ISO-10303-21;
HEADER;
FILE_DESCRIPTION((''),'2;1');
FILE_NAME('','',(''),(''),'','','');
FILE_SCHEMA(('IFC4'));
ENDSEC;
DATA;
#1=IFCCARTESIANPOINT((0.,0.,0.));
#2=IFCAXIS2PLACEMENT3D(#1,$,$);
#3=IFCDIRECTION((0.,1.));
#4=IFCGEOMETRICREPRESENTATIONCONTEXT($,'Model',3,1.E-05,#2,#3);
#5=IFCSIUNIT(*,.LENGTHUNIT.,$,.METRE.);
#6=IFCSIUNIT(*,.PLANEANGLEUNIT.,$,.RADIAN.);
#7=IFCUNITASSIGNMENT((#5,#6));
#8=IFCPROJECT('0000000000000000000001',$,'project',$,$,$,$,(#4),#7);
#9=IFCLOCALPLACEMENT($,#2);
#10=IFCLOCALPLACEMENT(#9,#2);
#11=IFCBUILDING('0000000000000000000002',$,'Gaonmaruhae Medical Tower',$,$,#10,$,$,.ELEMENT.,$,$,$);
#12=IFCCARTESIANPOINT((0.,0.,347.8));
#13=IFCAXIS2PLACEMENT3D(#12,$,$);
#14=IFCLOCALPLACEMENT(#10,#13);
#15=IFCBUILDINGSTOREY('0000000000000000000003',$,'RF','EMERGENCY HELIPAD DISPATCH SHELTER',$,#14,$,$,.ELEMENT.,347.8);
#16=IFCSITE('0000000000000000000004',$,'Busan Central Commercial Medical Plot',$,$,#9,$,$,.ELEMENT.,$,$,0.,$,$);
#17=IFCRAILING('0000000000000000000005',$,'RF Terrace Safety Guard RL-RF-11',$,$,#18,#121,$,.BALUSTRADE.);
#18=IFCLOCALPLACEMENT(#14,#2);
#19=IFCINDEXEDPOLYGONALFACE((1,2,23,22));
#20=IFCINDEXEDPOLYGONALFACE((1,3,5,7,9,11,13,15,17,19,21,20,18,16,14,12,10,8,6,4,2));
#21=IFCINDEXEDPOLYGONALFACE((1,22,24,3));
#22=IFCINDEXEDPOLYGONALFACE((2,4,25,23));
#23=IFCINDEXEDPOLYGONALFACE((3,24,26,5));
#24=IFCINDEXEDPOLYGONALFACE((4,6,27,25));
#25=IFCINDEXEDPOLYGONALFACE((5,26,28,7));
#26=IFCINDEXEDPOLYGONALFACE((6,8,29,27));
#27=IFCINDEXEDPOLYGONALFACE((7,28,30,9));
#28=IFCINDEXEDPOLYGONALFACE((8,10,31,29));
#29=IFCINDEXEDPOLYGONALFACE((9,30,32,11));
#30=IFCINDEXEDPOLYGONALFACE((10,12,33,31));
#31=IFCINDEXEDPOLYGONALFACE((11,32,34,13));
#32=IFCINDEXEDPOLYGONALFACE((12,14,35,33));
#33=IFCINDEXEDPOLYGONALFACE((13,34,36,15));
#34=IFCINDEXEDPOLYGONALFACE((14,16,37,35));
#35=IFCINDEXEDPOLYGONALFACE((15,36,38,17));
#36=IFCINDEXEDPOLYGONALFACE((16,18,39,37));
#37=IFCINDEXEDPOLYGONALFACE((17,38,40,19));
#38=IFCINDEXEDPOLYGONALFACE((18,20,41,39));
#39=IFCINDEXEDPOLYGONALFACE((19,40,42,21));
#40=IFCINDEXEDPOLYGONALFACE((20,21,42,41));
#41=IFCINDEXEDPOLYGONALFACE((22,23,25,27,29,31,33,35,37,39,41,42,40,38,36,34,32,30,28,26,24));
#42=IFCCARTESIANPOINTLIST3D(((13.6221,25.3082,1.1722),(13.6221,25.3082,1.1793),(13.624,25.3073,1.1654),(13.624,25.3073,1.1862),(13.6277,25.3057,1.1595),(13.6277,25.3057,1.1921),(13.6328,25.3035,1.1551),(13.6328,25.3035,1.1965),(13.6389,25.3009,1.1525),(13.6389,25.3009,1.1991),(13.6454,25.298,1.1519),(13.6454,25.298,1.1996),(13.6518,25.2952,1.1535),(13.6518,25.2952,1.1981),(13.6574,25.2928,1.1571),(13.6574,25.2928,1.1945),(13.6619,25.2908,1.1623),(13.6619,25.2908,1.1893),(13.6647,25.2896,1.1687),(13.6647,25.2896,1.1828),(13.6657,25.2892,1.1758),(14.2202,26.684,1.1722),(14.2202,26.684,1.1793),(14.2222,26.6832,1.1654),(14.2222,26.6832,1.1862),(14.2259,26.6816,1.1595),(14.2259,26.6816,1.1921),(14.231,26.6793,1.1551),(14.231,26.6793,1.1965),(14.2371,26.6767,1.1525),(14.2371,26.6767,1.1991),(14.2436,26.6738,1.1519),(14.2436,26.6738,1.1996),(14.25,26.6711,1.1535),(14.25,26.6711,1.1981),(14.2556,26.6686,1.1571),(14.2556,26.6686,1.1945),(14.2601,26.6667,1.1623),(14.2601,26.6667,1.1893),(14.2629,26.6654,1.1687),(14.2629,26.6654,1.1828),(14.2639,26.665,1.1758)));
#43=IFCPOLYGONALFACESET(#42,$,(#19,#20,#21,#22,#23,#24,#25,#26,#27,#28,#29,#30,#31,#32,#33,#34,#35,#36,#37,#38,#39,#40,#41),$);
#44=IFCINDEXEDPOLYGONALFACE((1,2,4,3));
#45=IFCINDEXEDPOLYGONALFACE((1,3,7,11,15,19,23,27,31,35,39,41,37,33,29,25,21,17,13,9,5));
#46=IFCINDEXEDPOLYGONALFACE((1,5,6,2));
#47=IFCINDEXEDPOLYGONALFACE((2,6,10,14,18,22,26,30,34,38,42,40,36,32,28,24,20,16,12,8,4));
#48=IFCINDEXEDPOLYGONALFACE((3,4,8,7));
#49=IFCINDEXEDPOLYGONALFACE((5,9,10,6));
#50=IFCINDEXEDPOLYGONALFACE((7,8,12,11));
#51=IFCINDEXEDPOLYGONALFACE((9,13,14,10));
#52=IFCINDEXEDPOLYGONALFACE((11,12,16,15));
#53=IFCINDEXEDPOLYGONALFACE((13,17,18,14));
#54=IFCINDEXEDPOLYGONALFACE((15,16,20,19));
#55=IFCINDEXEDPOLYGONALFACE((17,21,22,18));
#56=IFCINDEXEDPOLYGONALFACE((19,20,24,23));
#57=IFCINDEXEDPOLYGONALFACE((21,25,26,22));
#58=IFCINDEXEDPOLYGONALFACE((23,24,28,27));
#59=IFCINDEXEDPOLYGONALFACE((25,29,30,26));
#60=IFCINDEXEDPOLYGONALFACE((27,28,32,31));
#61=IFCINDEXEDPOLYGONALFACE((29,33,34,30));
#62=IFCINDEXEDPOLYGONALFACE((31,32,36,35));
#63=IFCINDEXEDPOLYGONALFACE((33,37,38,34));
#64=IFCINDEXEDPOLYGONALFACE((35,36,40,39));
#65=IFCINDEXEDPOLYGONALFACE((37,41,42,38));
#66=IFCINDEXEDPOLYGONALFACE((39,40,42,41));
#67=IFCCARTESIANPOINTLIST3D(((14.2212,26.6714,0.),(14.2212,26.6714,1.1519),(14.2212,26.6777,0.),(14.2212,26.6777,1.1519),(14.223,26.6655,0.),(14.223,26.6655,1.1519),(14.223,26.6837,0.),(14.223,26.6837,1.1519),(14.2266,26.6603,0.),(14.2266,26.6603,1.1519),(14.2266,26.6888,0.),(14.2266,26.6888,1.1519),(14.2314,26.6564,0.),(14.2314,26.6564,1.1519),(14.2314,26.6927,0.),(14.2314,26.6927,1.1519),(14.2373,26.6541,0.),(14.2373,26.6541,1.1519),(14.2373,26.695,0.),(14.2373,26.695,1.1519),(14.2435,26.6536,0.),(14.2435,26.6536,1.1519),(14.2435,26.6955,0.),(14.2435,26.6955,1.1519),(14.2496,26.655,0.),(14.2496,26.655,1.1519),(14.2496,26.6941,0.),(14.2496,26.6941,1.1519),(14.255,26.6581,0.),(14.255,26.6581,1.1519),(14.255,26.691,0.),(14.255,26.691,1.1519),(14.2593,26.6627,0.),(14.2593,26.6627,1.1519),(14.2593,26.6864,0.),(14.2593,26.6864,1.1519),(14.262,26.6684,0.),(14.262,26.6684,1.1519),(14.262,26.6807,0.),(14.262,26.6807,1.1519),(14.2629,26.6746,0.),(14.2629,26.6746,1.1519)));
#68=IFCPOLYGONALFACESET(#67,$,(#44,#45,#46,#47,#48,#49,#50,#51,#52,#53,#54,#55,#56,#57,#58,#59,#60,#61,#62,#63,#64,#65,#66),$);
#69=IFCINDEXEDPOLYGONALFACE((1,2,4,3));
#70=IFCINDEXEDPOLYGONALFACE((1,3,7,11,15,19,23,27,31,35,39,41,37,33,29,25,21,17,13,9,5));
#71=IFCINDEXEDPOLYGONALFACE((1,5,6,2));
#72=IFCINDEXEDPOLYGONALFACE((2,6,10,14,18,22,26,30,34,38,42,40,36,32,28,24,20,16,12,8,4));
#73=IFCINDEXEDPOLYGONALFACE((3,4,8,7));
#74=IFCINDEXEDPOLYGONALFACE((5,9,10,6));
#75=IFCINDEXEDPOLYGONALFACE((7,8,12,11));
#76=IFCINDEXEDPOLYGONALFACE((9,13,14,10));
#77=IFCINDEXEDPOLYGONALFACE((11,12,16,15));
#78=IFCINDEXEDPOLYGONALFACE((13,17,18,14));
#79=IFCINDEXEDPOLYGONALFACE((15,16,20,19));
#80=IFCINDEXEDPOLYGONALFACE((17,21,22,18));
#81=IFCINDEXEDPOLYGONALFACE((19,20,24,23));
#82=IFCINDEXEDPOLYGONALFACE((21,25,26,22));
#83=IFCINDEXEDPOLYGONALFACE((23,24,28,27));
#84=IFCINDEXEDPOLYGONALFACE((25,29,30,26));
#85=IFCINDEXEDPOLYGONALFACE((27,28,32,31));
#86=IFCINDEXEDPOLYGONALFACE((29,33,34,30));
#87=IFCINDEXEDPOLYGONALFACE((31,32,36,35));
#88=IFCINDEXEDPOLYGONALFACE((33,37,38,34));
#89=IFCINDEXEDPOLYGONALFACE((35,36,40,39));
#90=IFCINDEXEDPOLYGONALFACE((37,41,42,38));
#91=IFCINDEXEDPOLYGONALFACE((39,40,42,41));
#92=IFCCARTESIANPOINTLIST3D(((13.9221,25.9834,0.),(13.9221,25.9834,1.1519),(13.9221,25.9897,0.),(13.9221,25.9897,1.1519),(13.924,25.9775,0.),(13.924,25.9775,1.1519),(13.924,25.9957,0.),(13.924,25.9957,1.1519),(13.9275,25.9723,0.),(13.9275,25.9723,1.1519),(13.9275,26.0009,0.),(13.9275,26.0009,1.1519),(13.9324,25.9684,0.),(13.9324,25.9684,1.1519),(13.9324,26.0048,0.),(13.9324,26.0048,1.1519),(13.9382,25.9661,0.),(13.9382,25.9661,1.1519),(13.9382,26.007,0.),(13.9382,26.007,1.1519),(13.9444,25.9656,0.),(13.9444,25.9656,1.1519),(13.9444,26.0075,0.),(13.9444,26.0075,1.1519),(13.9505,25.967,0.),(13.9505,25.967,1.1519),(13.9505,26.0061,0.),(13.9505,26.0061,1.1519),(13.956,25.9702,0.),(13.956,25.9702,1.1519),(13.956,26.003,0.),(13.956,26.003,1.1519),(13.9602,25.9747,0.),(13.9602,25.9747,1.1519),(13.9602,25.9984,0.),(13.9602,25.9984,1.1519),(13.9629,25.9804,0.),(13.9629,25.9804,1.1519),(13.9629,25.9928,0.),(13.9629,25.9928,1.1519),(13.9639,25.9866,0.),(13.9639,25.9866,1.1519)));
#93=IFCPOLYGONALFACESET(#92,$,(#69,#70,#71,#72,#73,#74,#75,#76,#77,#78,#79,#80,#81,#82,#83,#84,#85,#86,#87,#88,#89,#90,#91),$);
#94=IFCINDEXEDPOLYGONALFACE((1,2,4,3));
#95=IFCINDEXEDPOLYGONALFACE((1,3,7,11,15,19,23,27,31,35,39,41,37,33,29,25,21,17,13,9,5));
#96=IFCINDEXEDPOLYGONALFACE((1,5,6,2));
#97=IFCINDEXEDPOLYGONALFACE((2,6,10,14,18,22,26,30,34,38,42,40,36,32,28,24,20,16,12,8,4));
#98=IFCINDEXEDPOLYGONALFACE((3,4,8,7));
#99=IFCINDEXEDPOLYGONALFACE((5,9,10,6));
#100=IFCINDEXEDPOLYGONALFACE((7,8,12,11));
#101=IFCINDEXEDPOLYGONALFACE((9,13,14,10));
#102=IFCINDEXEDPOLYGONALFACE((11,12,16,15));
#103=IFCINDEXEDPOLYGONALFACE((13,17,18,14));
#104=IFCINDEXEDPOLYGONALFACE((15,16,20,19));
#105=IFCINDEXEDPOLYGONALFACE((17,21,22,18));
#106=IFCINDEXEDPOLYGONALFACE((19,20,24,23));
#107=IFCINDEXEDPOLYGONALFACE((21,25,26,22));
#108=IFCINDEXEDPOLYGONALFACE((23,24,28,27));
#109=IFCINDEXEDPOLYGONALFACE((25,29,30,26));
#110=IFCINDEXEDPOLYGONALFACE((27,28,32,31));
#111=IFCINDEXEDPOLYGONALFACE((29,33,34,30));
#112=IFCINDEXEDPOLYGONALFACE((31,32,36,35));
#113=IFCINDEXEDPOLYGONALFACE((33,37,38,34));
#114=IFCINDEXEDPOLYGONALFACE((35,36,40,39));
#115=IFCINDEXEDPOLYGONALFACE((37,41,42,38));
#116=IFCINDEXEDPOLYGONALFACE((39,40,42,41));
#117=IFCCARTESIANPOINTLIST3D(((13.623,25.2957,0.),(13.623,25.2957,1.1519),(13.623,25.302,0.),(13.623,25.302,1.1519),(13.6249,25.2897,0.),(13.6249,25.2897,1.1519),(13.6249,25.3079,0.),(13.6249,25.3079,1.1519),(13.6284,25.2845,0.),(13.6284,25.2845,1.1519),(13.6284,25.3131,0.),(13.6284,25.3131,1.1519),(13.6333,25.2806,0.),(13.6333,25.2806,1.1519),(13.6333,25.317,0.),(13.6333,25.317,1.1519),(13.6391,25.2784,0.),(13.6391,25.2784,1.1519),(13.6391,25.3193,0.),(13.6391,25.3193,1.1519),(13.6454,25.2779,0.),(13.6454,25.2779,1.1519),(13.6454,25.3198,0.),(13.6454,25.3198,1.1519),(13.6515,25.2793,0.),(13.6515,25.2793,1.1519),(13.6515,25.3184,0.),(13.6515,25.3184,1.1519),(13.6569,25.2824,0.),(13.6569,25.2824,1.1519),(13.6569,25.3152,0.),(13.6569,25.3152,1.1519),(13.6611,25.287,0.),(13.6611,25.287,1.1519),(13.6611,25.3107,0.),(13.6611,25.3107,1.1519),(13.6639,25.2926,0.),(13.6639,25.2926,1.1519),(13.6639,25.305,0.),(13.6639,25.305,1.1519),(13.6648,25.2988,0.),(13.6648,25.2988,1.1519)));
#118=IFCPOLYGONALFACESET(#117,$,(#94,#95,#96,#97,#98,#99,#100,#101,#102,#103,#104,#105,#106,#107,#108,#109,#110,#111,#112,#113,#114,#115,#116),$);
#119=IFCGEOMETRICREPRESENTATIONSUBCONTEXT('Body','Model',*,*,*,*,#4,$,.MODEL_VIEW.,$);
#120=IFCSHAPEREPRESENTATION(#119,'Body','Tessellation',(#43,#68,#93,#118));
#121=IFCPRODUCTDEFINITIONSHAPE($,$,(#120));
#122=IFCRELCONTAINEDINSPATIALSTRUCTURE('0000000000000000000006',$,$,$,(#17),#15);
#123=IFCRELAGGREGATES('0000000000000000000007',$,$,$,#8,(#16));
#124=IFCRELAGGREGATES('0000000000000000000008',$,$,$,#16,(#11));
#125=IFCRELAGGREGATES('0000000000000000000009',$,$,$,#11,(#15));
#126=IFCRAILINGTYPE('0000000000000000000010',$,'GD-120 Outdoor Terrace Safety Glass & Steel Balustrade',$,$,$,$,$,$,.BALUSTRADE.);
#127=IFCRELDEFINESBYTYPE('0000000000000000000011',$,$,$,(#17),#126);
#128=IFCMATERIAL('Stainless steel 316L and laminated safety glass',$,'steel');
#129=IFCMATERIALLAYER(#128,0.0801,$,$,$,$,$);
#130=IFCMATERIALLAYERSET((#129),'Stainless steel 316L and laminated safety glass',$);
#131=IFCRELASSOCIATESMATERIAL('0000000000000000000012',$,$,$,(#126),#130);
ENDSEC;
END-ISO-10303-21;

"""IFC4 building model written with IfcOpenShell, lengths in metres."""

from ifc_helpers import new_model, si_unit, direction, frame, origin, origin_2d, place, context, subcontext, project, spatial, circle, extrude, material, layer, layer_set, type_object, element, save


model = new_model("IFC4")

# Units and contexts
model_context = context("Model", 3, precision=1e-05, world=origin(), true_north=direction((0.0, 1.0)))
body_context = subcontext(model_context, "Body", "Model", "MODEL_VIEW")
ifc_project = project(units=[si_unit("LENGTHUNIT", "METRE"), si_unit("PLANEANGLEUNIT", "RADIAN")], contexts=[model_context])

# Site, building, storey
site_placement = place(None, origin())
site = spatial("IfcSite", under=ifc_project, at=site_placement, Name="Busan Central Commercial Medical Plot", CompositionType="ELEMENT", RefElevation=0.0)
building_placement = place(site_placement, origin())
building = spatial("IfcBuilding", under=site, at=building_placement, Name="Gaonmaruhae Medical Tower", CompositionType="ELEMENT")
storey_placement = place(building_placement, frame((0.0, 0.0, 347.8)))
storey = spatial("IfcBuildingStorey", under=building, at=storey_placement, Name="RF", Description="EMERGENCY HELIPAD DISPATCH SHELTER", CompositionType="ELEMENT", Elevation=347.8)

# Railing
ifc_material_1 = material(Name="Stainless steel 316L and laminated safety glass", Category="steel")
ifc_layer_1 = layer(ifc_material_1, 0.0801)
ifc_layer_set_1 = layer_set([ifc_layer_1], Name="Stainless steel 316L and laminated safety glass")
railing_type_1 = type_object("IfcRailingType", Name="GD-120 Outdoor Terrace Safety Glass & Steel Balustrade", PredefinedType="BALUSTRADE", material=ifc_layer_set_1)
railing_1_placement = place(storey_placement, frame((14.2419, 26.6746, 0.0)))
element("IfcRailing", 1, at=railing_1_placement, inside=storey, type_object=railing_type_1, Name="RF Terrace Safety Guard RL-RF-11", PredefinedType="BALUSTRADE", context=body_context, shape_type="SweptSolid", body=[
    extrude(circle(Radius=0.0239, at=origin_2d()), frame((0.0, 0.0, 1.1758), z_axis=(-0.398726, -0.91707, 0.0), x_axis=(0.91707, -0.398726, 0.0)), (0.0, 0.0, 1.0), 1.5002),
    extrude(circle(Radius=0.021, at=origin_2d()), origin(), (0.0, 0.0, 1.0), 1.1519),
    extrude(circle(Radius=0.021, at=origin_2d()), frame((-0.2991, -0.688, 0.0)), (0.0, 0.0, 1.0), 1.1519),
    extrude(circle(Radius=0.021, at=origin_2d()), frame((-0.5981, -1.3757, 0.0)), (0.0, 0.0, 1.0), 1.1519),
])

save(model, "model.ifc")
